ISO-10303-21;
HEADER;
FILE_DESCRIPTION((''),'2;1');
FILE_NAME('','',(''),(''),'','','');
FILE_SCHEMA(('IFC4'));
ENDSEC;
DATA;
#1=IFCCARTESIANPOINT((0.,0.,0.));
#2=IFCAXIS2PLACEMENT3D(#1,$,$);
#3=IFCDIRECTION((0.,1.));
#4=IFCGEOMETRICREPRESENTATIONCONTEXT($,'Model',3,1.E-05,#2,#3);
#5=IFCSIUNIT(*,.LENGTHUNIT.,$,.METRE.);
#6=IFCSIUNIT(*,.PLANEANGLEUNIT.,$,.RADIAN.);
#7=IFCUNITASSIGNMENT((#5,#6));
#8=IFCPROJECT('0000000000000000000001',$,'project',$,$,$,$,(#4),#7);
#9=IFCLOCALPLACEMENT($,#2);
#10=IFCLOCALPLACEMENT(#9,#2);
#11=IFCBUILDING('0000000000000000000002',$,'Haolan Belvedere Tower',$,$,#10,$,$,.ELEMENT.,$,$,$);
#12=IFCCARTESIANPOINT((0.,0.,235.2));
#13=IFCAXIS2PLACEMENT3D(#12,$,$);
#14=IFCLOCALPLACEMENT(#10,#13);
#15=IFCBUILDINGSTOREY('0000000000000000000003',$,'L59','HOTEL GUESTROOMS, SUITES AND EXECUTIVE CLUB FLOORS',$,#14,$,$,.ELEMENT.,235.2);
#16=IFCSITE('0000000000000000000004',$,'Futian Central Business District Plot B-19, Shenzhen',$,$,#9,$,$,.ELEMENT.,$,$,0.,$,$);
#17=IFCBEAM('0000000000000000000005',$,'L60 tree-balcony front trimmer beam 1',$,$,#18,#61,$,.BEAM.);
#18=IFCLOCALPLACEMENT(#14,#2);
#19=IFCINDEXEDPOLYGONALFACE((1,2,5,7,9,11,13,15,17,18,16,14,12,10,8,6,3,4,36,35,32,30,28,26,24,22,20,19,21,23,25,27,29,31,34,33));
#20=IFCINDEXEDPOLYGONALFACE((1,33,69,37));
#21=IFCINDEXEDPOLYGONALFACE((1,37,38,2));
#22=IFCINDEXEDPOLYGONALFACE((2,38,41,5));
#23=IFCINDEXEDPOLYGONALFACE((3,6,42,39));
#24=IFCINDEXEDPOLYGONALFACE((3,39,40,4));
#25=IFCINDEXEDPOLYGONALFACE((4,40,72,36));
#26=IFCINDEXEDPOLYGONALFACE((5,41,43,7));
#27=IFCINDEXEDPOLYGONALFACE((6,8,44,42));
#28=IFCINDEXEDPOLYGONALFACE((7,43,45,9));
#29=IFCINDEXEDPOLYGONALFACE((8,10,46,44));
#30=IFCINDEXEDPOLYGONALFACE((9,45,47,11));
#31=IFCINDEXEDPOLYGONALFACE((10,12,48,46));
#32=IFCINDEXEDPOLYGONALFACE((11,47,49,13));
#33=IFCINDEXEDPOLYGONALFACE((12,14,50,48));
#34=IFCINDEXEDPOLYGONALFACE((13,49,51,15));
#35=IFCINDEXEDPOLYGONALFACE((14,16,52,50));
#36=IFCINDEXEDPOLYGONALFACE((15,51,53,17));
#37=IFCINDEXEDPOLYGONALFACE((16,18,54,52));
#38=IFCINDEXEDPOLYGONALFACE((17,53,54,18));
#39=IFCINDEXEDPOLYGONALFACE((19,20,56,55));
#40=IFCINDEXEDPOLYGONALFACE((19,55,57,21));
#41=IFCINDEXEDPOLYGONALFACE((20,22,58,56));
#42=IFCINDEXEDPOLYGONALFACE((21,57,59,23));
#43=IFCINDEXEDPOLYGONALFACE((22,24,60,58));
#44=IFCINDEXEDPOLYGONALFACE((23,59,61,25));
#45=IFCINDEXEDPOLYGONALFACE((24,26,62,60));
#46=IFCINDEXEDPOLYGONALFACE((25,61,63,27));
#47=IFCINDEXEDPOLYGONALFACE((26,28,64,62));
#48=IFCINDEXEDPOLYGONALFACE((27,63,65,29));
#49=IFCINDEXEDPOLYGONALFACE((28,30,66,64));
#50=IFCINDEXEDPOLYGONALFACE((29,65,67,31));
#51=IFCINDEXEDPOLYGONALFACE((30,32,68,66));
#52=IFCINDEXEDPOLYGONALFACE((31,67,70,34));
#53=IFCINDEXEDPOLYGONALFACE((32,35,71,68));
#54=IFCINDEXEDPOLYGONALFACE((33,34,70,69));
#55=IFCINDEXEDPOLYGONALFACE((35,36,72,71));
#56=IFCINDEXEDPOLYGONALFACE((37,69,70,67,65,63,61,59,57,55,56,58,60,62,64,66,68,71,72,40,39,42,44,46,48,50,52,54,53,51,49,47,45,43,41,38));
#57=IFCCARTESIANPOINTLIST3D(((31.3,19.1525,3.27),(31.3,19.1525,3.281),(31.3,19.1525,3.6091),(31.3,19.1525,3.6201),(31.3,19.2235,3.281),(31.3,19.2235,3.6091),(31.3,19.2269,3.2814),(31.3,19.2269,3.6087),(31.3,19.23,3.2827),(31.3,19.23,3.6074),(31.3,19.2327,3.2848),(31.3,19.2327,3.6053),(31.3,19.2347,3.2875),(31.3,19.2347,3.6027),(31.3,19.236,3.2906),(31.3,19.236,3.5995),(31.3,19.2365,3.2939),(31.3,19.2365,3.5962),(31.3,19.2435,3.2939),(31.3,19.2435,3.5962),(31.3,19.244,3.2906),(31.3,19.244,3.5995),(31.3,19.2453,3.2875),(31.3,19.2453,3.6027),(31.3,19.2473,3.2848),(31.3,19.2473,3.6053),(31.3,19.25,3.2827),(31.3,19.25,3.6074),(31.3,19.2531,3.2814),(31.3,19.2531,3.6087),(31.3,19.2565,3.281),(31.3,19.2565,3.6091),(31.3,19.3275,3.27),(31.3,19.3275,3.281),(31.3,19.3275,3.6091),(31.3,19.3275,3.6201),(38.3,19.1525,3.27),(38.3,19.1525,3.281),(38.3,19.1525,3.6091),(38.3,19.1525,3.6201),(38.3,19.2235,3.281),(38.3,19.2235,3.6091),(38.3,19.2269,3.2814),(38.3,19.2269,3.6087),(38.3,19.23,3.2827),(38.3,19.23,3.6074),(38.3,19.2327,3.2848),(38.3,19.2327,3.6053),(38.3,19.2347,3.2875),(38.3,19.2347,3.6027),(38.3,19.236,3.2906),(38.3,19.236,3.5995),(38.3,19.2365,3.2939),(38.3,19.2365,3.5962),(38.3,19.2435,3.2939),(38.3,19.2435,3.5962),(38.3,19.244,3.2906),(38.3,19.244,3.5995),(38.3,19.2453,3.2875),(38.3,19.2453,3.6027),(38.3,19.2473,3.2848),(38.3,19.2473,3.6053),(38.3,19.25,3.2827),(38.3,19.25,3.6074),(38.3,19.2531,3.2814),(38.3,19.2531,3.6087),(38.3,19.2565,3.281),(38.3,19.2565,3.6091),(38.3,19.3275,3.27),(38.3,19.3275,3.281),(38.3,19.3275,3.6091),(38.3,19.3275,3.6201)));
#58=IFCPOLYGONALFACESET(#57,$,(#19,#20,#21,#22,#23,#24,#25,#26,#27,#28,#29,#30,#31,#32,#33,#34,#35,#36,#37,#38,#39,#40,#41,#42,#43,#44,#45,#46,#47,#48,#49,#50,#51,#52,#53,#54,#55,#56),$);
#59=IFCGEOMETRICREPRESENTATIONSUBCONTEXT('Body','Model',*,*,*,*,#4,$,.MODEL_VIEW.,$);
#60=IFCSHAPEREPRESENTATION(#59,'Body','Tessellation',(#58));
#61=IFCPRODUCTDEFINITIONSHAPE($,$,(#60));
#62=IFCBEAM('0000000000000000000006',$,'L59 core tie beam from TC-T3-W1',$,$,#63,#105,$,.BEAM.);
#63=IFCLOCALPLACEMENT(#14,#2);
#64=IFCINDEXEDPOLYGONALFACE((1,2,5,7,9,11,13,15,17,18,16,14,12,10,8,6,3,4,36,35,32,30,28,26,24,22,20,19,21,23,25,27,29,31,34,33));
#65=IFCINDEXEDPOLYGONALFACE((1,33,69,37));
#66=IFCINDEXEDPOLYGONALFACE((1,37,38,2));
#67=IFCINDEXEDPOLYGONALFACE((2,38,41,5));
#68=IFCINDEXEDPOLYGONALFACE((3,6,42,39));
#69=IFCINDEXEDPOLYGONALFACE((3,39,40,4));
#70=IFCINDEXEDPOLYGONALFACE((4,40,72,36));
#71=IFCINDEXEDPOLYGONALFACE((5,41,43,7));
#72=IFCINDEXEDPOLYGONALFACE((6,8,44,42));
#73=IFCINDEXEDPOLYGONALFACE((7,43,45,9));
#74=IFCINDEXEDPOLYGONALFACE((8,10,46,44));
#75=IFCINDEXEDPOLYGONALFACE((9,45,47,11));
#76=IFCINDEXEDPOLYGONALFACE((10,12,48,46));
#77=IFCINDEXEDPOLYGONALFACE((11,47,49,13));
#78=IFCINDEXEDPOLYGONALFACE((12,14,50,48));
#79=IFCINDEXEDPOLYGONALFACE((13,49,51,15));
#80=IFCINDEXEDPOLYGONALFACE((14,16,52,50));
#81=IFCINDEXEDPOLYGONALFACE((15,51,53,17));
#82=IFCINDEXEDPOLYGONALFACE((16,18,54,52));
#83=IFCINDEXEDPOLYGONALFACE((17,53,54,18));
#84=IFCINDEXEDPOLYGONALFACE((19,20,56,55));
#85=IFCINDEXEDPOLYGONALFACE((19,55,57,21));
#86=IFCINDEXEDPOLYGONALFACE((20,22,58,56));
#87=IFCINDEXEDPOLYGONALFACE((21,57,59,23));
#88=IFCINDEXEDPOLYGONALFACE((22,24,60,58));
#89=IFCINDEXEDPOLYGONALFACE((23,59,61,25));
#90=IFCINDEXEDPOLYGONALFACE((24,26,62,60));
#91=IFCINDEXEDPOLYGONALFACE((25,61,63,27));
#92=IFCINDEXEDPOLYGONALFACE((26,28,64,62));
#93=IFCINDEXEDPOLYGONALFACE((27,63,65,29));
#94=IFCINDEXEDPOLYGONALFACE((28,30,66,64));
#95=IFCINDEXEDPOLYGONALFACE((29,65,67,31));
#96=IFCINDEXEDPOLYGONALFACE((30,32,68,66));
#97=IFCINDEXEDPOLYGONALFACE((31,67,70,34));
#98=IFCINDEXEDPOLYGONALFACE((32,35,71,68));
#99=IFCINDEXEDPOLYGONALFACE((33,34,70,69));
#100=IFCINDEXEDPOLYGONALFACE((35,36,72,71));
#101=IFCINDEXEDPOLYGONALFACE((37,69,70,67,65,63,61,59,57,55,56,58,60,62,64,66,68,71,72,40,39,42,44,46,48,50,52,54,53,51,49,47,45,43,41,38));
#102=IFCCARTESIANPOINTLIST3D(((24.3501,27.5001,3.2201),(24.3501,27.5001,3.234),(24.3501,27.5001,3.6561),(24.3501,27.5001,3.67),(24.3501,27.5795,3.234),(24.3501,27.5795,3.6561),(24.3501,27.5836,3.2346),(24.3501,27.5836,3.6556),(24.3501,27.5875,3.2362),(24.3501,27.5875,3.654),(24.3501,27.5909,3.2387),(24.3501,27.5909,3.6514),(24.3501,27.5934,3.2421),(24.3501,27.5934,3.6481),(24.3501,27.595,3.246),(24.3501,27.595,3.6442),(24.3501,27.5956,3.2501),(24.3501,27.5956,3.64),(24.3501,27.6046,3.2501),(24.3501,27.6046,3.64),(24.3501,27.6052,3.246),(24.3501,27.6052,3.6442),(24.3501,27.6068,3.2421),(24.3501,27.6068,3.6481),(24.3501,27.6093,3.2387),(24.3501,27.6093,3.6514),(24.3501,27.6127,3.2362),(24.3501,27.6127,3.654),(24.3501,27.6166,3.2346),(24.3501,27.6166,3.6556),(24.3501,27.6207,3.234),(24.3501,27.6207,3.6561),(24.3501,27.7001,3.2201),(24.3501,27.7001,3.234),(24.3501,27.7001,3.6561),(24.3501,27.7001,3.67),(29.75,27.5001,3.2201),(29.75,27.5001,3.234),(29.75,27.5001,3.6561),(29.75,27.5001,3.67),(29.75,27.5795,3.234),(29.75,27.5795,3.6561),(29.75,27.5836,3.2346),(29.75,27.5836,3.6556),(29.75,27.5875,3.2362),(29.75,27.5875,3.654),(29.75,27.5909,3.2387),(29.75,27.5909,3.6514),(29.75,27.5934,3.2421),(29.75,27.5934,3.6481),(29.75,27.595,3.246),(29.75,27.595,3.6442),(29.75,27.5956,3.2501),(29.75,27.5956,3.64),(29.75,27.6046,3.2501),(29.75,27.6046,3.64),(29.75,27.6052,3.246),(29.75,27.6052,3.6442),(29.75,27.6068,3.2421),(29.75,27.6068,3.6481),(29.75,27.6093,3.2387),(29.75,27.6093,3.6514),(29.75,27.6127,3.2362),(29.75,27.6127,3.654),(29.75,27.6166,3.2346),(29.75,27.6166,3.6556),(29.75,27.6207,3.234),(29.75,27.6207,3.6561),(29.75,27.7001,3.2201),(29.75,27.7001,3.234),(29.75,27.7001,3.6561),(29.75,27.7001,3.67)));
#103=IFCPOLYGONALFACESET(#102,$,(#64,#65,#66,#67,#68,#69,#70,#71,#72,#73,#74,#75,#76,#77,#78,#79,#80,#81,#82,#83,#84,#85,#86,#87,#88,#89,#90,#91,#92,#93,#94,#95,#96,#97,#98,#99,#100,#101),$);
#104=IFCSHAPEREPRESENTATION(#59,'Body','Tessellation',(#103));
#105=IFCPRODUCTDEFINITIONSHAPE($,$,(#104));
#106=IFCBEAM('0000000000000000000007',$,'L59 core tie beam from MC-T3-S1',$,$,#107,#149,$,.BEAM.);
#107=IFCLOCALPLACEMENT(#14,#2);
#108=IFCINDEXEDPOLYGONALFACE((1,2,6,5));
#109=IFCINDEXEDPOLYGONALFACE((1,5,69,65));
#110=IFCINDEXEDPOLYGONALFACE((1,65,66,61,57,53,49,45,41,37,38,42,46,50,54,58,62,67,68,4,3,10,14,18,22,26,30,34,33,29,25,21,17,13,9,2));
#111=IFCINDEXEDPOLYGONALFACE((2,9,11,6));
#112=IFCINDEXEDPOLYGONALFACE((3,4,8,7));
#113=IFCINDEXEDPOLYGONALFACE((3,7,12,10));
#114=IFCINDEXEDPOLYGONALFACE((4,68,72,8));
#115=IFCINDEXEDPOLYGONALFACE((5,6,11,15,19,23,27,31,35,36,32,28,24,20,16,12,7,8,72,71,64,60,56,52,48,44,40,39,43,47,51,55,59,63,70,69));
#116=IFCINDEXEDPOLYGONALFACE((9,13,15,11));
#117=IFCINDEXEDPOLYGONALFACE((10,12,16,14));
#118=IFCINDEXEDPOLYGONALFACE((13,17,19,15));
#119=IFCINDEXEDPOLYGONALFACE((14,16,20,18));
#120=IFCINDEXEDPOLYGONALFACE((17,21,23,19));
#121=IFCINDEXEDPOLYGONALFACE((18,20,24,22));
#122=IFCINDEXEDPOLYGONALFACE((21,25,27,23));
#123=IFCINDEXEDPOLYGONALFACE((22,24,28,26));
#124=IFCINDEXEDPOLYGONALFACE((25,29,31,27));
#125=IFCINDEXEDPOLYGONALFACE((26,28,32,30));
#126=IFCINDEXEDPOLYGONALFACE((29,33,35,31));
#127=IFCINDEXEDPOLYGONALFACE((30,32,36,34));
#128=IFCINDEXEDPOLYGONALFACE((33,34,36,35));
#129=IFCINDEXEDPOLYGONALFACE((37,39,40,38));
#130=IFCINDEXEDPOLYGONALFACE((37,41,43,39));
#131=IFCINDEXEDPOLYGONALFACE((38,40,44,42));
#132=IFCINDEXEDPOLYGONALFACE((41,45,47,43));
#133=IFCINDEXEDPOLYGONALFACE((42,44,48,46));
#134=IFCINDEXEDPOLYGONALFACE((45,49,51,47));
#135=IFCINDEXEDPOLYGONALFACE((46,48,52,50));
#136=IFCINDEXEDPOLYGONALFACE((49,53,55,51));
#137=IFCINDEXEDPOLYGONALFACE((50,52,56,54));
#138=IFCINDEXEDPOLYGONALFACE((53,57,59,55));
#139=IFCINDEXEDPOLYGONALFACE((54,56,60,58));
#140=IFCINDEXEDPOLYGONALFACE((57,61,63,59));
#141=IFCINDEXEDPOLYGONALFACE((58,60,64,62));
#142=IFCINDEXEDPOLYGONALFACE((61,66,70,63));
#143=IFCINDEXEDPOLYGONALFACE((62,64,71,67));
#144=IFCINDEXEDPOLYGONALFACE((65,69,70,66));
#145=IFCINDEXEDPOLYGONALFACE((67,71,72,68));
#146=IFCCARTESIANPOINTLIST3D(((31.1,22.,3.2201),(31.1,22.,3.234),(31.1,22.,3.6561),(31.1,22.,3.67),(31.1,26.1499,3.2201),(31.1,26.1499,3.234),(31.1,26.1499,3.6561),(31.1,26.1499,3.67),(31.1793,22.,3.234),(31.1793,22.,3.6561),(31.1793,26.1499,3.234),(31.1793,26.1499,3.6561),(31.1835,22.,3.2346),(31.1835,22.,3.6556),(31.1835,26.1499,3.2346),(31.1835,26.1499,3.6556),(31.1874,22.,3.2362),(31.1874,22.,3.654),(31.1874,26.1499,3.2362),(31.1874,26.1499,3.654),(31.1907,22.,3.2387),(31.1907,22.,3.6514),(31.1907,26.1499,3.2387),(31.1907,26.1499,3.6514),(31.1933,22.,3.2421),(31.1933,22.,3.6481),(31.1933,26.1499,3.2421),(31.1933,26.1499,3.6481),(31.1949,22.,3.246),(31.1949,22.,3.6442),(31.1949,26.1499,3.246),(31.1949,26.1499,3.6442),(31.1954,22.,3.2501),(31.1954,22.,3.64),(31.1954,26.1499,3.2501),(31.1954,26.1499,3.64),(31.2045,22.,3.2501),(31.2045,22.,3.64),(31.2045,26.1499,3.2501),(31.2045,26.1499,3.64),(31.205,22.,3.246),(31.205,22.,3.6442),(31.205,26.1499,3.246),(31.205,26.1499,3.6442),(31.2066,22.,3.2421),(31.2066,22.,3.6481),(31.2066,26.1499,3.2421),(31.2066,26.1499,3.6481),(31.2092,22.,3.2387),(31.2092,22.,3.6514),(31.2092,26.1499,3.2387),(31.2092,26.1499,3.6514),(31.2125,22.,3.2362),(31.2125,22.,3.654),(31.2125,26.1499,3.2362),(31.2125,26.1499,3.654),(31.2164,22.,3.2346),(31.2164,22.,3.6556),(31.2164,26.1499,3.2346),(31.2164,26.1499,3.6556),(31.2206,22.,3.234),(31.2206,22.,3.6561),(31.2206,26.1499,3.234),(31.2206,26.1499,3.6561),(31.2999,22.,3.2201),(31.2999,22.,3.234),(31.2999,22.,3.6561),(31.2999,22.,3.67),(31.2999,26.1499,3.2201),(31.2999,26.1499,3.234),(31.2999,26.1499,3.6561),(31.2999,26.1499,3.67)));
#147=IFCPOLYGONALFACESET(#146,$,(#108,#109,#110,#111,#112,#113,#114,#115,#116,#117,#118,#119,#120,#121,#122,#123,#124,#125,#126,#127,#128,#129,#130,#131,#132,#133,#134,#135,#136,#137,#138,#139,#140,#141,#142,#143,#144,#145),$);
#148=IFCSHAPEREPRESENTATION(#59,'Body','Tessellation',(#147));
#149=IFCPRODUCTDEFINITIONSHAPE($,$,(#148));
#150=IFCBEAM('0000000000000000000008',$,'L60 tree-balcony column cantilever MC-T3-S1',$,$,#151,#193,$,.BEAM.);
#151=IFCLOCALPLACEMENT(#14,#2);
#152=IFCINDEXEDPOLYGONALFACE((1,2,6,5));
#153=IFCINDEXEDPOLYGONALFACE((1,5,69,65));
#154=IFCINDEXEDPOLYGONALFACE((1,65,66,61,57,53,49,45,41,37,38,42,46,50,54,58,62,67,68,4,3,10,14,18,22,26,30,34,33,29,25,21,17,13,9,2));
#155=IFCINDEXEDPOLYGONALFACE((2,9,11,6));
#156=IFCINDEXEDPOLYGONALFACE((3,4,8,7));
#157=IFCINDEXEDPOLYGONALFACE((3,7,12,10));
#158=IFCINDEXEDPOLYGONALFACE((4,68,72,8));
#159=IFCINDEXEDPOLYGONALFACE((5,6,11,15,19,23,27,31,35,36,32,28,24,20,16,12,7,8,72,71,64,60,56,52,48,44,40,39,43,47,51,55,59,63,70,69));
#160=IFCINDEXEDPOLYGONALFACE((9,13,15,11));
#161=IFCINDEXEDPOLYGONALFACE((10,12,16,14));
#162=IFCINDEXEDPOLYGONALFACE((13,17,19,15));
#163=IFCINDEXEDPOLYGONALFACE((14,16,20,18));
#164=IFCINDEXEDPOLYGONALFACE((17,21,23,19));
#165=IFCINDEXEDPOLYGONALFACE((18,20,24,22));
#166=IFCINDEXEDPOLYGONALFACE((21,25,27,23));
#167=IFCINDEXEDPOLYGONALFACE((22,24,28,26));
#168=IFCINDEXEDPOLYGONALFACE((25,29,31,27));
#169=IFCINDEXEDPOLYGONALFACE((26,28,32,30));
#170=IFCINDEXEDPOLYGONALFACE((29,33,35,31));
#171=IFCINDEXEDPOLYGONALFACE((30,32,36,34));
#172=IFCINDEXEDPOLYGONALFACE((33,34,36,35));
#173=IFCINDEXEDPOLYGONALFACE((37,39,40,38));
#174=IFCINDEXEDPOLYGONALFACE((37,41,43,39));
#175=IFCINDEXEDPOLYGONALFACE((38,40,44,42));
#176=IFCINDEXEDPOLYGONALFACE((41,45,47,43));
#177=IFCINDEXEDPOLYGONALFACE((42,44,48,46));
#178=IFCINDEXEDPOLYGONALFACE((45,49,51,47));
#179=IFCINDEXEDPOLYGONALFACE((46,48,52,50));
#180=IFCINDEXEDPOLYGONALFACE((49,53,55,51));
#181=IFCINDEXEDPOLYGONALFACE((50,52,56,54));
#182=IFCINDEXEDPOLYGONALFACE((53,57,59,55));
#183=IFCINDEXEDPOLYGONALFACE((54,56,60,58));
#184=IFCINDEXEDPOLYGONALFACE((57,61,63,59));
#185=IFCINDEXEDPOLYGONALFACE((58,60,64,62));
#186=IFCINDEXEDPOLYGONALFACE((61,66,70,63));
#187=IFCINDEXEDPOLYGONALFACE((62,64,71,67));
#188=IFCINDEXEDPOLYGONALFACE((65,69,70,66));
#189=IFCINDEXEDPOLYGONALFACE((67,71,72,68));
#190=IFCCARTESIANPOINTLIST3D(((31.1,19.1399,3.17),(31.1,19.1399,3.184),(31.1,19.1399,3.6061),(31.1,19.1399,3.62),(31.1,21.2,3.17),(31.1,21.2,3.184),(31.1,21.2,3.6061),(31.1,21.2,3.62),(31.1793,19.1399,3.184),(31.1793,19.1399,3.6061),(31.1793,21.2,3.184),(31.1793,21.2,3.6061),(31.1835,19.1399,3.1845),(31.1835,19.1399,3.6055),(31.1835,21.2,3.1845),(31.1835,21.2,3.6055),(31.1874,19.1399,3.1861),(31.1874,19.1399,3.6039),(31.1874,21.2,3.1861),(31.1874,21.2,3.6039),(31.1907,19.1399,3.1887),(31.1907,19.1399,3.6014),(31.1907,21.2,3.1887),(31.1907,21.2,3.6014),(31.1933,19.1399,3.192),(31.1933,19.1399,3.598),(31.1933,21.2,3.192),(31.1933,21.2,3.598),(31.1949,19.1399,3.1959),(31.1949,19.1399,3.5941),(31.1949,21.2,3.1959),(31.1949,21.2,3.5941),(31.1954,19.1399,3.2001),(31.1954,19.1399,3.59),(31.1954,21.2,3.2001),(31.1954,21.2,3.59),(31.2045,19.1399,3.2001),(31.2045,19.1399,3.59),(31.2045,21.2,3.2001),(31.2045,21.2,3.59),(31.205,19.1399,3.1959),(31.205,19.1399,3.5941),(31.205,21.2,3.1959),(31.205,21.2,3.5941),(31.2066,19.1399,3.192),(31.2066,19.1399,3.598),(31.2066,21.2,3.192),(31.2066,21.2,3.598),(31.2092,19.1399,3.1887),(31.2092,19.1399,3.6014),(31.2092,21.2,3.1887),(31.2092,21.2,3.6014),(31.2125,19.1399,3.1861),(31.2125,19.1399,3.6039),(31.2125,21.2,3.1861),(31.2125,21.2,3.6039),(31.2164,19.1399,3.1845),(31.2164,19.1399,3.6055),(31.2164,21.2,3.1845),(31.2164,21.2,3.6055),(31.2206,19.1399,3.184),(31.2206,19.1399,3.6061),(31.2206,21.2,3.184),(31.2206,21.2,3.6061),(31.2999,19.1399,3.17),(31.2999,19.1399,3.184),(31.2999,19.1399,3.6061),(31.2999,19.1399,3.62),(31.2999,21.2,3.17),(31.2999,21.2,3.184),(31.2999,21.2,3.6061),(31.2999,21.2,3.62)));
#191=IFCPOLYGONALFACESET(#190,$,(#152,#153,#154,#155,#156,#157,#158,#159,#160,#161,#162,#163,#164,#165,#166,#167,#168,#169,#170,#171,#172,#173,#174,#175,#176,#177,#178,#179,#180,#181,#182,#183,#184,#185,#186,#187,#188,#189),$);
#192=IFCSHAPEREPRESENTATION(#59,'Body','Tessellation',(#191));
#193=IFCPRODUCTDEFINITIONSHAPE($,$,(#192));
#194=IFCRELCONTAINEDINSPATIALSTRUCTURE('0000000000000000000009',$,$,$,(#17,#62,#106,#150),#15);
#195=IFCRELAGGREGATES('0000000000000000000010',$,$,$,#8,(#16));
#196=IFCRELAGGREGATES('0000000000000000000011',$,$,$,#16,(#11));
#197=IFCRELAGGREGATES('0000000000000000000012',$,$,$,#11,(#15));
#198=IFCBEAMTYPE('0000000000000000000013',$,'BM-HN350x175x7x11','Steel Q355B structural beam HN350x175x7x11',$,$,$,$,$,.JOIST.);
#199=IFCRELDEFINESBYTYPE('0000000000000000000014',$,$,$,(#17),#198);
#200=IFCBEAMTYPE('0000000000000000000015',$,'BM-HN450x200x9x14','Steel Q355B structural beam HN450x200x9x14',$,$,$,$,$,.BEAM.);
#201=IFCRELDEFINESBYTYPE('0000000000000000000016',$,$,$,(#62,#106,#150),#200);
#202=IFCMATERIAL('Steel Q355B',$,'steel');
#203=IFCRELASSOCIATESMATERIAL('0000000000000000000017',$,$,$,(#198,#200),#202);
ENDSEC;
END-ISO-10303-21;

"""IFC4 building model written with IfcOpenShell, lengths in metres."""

from ifc_helpers import new_model, si_unit, direction, frame, origin, origin_2d, place, context, subcontext, project, spatial, i_section, extrude, material, material_profile, profile_set, type_object, element, save


model = new_model("IFC4")

# Units and contexts
model_context = context("Model", 3, precision=1e-05, world=origin(), true_north=direction((0.0, 1.0)))
body_context = subcontext(model_context, "Body", "Model", "MODEL_VIEW")
ifc_project = project(units=[si_unit("LENGTHUNIT", "METRE"), si_unit("PLANEANGLEUNIT", "RADIAN")], contexts=[model_context])

# Site, building, storey
site_placement = place(None, origin())
site = spatial("IfcSite", under=ifc_project, at=site_placement, Name="Futian Central Business District Plot B-19, Shenzhen", CompositionType="ELEMENT", RefElevation=0.0)
building_placement = place(site_placement, origin())
building = spatial("IfcBuilding", under=site, at=building_placement, Name="Haolan Belvedere Tower", CompositionType="ELEMENT")
storey_placement = place(building_placement, frame((0.0, 0.0, 235.2)))
storey = spatial("IfcBuildingStorey", under=building, at=storey_placement, Name="L59", Description="HOTEL GUESTROOMS, SUITES AND EXECUTIVE CLUB FLOORS", CompositionType="ELEMENT", Elevation=235.2)

# Beams
ifc_material_1 = material(Name="Steel Q355B", Category="steel")
ifc_material_profile_1 = material_profile(ifc_material_1, i_section(OverallWidth=0.175, OverallDepth=0.3501, WebThickness=0.0071, FlangeThickness=0.011, FilletRadius=0.0129, at=origin_2d()), Name="Steel Q355B")
ifc_profile_set_1 = profile_set([ifc_material_profile_1], Name="Steel Q355B")
beam_type_1 = type_object("IfcBeamType", Name="BM-HN350x175x7x11", Description="Steel Q355B structural beam HN350x175x7x11", PredefinedType="JOIST", material=ifc_profile_set_1)
beam_1_placement = place(storey_placement, frame((31.3, 19.24, 3.4451), z_axis=(1.0, 0.0, 0.0), x_axis=(0.0, 1.0, 0.0)))
element("IfcBeam", 1, at=beam_1_placement, inside=storey, type_object=beam_type_1, Name="L60 tree-balcony front trimmer beam 1", PredefinedType="BEAM", context=body_context, shape_type="SweptSolid", body=[
    extrude(i_section(OverallWidth=0.175, OverallDepth=0.3501, WebThickness=0.0071, FlangeThickness=0.011, FilletRadius=0.0129, at=origin_2d()), origin(), (0.0, 0.0, 1.0), 7.0),
])
ifc_material_profile_2 = material_profile(ifc_material_1, i_section(OverallWidth=0.2, OverallDepth=0.45, WebThickness=0.009, FlangeThickness=0.0139, FilletRadius=0.0161, at=origin_2d()), Name="Steel Q355B")
ifc_profile_set_2 = profile_set([ifc_material_profile_2], Name="Steel Q355B")
beam_type_2 = type_object("IfcBeamType", Name="BM-HN450x200x9x14", Description="Steel Q355B structural beam HN450x200x9x14", PredefinedType="BEAM", material=ifc_profile_set_2)
beam_2_placement = place(storey_placement, frame((24.3501, 27.6001, 3.4451), z_axis=(1.0, 0.0, 0.0), x_axis=(0.0, 1.0, 0.0)))
element("IfcBeam", 2, at=beam_2_placement, inside=storey, type_object=beam_type_2, Name="L59 core tie beam from TC-T3-W1", PredefinedType="BEAM", context=body_context, shape_type="SweptSolid", body=[
    extrude(i_section(OverallWidth=0.2, OverallDepth=0.45, WebThickness=0.009, FlangeThickness=0.0139, FilletRadius=0.0161, at=origin_2d()), origin(), (0.0, 0.0, 1.0), 5.3999),
])
beam_3_placement = place(storey_placement, frame((31.2, 22.0, 3.4451), z_axis=(0.0, 1.0, 0.0), x_axis=(-1.0, 0.0, 0.0)))
element("IfcBeam", 3, at=beam_3_placement, inside=storey, type_object=beam_type_2, Name="L59 core tie beam from MC-T3-S1", PredefinedType="BEAM", context=body_context, shape_type="SweptSolid", body=[
    extrude(i_section(OverallWidth=0.2, OverallDepth=0.45, WebThickness=0.009, FlangeThickness=0.0139, FilletRadius=0.0161, at=origin_2d()), origin(), (0.0, 0.0, 1.0), 4.1499),
])
beam_4_placement = place(storey_placement, frame((31.2, 21.2, 3.395), z_axis=(0.0, -1.0, 0.0), x_axis=(1.0, 0.0, 0.0)))
element("IfcBeam", 4, at=beam_4_placement, inside=storey, type_object=beam_type_2, Name="L60 tree-balcony column cantilever MC-T3-S1", PredefinedType="BEAM", context=body_context, shape_type="SweptSolid", body=[
    extrude(i_section(OverallWidth=0.2, OverallDepth=0.45, WebThickness=0.009, FlangeThickness=0.0139, FilletRadius=0.0161, at=origin_2d()), origin(), (0.0, 0.0, 1.0), 2.0601),
])

save(model, "model.ifc")
